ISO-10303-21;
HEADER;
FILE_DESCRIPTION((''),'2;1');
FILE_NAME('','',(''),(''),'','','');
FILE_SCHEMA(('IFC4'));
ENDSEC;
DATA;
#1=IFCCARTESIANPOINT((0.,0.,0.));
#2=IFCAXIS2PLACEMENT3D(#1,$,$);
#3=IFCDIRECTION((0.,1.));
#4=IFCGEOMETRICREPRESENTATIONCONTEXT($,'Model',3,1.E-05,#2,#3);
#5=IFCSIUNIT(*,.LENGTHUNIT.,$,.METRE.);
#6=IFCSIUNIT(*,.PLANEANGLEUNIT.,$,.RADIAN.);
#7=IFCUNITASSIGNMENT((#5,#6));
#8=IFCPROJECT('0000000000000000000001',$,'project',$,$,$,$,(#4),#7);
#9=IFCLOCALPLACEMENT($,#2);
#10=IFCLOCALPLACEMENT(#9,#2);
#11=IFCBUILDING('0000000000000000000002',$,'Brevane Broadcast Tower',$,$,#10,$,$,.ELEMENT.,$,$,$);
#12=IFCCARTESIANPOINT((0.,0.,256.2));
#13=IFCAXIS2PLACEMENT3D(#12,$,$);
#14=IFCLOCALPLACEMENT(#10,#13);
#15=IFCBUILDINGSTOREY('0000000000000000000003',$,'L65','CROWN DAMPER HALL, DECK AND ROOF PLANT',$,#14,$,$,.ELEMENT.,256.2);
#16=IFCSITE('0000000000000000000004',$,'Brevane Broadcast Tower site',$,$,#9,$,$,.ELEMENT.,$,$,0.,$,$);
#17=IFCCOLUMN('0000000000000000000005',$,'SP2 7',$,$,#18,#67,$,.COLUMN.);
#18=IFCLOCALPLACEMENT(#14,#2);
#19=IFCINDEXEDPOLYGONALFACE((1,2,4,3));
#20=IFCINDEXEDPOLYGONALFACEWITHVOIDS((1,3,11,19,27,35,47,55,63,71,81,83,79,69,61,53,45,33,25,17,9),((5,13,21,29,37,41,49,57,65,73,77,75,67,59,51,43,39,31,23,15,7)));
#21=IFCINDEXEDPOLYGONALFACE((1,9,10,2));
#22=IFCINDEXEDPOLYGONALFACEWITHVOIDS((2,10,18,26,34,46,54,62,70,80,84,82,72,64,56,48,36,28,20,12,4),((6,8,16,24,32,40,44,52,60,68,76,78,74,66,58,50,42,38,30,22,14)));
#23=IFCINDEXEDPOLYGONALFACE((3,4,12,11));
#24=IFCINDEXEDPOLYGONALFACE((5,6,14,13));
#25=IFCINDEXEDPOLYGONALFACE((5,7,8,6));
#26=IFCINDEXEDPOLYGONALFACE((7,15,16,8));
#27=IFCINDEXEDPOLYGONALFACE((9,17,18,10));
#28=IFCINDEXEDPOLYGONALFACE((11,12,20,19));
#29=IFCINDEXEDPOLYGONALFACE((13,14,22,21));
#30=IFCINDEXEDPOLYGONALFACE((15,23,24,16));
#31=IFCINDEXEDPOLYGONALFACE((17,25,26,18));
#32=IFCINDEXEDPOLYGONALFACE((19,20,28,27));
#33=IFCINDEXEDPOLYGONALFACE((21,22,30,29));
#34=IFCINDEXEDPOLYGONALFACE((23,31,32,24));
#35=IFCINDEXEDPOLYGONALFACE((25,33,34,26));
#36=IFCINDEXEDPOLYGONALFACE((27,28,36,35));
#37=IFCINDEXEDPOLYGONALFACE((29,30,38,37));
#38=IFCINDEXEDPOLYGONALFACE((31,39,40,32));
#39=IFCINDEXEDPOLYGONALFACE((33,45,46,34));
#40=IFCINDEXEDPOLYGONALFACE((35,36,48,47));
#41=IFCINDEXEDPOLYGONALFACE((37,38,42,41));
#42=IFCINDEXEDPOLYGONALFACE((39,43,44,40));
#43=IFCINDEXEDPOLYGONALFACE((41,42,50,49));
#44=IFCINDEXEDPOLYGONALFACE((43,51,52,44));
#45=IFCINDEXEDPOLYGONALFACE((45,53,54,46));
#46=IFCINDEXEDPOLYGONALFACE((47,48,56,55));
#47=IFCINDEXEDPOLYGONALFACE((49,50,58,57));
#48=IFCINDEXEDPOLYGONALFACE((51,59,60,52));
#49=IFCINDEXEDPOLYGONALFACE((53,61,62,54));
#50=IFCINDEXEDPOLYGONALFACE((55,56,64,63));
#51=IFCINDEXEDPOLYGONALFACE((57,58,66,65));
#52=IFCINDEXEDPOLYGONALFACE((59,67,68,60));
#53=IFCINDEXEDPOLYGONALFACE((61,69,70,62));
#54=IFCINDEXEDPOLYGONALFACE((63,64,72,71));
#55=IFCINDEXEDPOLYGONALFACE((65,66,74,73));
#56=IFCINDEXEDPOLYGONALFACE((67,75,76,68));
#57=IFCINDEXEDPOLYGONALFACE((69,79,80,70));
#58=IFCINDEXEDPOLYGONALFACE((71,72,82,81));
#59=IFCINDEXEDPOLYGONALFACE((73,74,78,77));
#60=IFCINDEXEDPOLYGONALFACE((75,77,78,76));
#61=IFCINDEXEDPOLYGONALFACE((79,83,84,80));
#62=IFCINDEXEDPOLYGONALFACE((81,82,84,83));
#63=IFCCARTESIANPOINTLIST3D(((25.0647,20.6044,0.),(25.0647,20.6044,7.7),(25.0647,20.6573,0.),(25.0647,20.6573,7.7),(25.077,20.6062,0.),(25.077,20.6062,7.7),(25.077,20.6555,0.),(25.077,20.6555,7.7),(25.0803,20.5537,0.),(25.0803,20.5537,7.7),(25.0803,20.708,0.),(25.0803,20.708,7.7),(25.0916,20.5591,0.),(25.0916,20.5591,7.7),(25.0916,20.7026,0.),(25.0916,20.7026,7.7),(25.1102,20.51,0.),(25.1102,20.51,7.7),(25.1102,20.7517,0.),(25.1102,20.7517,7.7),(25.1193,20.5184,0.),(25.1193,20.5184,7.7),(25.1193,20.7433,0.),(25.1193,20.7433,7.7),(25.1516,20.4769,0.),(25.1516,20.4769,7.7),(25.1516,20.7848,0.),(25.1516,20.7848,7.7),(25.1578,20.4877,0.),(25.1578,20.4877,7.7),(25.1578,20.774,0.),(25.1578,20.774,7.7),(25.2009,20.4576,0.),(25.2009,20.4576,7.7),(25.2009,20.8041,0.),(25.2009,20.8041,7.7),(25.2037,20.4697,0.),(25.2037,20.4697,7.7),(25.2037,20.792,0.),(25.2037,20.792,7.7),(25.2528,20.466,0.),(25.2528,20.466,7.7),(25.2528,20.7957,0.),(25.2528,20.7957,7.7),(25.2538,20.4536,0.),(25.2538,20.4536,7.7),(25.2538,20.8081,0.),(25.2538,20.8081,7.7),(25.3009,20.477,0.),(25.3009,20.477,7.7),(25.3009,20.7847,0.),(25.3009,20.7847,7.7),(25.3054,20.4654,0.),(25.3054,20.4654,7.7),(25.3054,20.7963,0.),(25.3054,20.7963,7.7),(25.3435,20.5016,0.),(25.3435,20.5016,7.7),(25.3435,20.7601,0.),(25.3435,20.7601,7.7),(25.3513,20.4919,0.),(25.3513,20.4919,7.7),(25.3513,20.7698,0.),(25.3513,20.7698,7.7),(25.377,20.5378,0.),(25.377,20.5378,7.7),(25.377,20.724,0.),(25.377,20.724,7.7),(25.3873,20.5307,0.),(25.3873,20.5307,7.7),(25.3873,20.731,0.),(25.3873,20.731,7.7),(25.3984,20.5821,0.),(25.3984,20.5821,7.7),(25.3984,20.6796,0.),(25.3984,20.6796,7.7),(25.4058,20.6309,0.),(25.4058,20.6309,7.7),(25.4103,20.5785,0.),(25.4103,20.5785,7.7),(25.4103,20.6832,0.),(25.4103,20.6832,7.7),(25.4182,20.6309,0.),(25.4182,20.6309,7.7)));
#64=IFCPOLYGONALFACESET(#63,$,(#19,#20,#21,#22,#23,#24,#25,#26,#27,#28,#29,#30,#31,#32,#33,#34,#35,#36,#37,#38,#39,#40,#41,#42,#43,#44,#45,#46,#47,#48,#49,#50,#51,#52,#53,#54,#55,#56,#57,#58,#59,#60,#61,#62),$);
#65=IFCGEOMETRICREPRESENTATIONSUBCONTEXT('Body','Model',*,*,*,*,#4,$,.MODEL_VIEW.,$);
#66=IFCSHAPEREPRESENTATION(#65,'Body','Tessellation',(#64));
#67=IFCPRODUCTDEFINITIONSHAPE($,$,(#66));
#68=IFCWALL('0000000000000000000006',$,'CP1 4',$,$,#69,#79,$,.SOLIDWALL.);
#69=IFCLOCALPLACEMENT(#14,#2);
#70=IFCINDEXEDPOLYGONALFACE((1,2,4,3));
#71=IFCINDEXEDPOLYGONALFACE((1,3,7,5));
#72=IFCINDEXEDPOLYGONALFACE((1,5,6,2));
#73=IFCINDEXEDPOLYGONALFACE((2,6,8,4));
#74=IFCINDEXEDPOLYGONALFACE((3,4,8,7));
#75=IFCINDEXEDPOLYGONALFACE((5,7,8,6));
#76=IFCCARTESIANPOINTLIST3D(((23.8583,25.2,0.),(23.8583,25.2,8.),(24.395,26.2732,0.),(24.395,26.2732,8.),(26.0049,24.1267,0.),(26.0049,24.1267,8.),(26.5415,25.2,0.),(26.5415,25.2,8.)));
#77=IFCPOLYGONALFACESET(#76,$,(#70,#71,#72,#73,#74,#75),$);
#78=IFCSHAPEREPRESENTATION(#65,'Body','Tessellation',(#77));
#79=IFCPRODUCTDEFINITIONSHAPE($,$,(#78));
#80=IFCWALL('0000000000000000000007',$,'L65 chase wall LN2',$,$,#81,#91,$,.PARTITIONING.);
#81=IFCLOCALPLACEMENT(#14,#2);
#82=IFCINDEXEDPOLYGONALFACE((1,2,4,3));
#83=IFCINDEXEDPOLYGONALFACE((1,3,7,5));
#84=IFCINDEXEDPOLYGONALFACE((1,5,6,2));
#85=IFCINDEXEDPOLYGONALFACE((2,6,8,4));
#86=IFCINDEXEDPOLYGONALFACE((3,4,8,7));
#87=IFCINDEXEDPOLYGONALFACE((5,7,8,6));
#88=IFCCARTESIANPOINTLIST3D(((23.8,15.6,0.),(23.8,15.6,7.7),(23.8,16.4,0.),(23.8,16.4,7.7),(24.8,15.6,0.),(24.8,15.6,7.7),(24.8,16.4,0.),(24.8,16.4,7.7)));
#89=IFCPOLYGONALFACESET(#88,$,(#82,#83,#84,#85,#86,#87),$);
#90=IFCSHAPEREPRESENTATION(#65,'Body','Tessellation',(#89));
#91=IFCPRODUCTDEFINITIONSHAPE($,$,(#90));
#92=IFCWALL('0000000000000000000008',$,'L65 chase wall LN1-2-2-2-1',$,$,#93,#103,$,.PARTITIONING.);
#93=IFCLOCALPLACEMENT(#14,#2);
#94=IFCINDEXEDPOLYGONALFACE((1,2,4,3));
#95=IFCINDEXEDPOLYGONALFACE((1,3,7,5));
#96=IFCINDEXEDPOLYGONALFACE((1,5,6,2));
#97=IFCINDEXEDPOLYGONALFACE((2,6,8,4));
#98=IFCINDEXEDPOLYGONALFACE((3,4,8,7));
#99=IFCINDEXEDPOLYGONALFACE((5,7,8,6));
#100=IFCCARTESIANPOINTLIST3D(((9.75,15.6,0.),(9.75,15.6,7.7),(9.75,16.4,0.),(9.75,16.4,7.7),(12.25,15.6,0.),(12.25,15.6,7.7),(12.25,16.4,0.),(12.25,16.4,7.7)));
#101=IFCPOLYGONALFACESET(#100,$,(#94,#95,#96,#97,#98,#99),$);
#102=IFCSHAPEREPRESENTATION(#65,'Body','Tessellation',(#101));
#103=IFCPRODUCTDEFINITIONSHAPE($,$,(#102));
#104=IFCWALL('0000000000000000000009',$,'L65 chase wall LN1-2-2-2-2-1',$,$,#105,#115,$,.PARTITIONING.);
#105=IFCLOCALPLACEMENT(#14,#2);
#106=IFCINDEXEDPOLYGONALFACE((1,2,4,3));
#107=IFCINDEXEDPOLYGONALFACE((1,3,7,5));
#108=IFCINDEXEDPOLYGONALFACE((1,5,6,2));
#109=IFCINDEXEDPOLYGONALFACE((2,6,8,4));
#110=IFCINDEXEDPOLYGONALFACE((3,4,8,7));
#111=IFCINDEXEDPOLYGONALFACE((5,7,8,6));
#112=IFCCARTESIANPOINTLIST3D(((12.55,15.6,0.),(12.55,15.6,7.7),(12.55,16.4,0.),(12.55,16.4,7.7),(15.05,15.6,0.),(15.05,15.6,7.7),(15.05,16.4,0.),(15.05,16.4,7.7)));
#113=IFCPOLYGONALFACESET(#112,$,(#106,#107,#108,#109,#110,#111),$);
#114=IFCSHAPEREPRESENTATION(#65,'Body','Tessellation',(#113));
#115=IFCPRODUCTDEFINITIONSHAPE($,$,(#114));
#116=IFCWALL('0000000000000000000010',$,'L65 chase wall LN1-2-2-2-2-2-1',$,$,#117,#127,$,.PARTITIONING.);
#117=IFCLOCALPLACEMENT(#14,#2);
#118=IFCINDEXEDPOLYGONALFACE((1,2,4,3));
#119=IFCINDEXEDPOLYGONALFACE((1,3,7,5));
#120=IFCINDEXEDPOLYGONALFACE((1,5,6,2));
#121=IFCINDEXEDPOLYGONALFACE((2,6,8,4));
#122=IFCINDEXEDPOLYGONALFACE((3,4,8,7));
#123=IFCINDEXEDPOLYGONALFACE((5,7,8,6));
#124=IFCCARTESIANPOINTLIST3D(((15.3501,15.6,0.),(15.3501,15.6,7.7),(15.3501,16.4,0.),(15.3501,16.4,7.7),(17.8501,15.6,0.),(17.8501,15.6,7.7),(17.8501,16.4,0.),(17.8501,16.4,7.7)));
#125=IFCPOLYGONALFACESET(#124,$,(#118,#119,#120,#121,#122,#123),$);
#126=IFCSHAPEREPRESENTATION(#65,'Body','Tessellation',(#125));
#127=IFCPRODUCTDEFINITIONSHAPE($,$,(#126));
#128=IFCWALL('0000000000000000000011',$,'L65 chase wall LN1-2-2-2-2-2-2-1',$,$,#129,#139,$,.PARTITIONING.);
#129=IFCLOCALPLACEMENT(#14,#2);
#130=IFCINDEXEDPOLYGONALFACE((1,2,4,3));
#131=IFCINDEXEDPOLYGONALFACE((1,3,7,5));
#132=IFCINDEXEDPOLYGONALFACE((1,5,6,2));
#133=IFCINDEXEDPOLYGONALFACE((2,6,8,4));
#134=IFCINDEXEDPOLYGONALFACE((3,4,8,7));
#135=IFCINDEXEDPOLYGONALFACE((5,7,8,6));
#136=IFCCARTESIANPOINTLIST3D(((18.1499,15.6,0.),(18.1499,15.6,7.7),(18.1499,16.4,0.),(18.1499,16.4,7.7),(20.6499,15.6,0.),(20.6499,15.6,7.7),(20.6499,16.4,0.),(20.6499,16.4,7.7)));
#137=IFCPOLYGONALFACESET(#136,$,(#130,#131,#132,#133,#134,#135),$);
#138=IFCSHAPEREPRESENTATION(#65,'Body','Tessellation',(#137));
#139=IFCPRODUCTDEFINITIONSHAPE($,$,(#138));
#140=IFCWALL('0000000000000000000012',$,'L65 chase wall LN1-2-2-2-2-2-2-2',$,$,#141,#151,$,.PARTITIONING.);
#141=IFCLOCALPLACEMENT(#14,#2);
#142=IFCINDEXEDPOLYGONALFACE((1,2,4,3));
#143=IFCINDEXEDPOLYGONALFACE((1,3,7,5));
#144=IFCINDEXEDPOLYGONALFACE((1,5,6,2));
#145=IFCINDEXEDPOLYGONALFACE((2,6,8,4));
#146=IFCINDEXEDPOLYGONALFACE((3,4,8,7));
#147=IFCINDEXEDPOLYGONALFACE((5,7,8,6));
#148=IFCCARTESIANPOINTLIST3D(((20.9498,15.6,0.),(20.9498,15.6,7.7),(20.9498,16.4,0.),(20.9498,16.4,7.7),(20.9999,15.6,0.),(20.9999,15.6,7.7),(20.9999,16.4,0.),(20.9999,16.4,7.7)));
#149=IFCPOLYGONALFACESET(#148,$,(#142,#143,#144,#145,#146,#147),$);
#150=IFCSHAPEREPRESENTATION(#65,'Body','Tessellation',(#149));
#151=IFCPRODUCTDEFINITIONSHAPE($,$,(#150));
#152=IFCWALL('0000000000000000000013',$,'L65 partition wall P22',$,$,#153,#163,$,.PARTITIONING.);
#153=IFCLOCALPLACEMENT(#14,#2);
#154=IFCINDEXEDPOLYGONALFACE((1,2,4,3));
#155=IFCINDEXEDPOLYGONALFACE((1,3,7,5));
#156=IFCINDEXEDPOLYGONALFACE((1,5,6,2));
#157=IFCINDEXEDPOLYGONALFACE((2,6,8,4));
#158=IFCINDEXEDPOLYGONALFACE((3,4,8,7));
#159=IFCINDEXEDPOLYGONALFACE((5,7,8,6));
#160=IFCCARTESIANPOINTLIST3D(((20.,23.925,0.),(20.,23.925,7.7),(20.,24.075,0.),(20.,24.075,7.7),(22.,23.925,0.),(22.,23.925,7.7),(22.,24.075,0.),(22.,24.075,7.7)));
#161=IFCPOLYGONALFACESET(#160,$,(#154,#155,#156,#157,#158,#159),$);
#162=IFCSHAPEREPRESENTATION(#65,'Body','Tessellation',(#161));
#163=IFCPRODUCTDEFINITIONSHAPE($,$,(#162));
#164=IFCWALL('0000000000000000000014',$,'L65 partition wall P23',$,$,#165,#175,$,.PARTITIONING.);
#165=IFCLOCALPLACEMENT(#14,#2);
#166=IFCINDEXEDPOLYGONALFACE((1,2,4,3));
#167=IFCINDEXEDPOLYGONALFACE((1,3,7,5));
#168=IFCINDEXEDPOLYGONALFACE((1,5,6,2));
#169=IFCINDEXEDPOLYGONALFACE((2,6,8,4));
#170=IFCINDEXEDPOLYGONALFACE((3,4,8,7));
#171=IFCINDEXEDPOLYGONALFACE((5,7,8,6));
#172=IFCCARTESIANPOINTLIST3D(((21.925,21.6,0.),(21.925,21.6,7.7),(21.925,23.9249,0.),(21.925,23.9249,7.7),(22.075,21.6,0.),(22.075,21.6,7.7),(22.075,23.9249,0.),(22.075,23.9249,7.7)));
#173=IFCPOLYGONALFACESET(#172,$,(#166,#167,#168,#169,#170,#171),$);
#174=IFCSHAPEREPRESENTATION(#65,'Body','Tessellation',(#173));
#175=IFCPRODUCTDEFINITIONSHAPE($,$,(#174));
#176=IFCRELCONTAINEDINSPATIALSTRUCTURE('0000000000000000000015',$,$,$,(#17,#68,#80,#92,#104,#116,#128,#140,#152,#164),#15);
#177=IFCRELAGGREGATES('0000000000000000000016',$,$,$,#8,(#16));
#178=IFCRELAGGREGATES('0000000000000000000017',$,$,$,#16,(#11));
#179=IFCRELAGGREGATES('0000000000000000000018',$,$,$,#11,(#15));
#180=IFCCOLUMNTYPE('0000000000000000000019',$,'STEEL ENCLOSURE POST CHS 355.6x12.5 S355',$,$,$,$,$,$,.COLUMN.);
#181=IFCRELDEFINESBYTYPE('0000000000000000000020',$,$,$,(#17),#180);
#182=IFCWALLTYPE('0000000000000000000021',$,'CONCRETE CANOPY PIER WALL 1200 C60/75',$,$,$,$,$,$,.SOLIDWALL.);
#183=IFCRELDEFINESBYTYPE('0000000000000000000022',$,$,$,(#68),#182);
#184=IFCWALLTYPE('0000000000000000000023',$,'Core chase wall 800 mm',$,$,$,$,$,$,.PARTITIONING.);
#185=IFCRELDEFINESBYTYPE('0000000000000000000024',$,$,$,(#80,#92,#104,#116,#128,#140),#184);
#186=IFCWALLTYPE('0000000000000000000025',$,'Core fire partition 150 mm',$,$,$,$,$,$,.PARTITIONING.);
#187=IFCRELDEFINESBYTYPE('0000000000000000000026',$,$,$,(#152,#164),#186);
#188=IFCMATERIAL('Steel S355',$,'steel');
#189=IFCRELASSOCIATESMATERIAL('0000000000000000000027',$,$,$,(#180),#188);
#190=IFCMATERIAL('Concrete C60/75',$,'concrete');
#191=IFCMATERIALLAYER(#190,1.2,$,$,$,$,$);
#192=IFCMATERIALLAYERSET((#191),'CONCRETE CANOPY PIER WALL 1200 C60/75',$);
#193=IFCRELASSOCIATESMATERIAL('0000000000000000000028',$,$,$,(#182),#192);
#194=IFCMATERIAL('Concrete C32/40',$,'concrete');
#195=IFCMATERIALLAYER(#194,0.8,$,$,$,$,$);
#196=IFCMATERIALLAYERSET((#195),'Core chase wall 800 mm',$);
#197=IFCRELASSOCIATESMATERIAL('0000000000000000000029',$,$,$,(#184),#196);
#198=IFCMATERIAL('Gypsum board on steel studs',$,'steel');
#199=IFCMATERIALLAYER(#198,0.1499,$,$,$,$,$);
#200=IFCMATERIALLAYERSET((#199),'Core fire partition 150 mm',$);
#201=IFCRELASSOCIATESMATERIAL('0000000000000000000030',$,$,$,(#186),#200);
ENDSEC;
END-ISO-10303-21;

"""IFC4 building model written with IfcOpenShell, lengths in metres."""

from ifc_helpers import new_model, si_unit, direction, frame, frame_2d, origin, origin_2d, place, context, subcontext, project, spatial, rectangle, hollow_circle, extrude, material, layer, layer_set, material_profile, profile_set, type_object, element, save


model = new_model("IFC4")

# Units and contexts
model_context = context("Model", 3, precision=1e-05, world=origin(), true_north=direction((0.0, 1.0)))
body_context = subcontext(model_context, "Body", "Model", "MODEL_VIEW")
ifc_project = project(units=[si_unit("LENGTHUNIT", "METRE"), si_unit("PLANEANGLEUNIT", "RADIAN")], contexts=[model_context])

# Site, building, storey
site_placement = place(None, origin())
site = spatial("IfcSite", under=ifc_project, at=site_placement, Name="Brevane Broadcast Tower site", CompositionType="ELEMENT", RefElevation=0.0)
building_placement = place(site_placement, origin())
building = spatial("IfcBuilding", under=site, at=building_placement, Name="Brevane Broadcast Tower", CompositionType="ELEMENT")
storey_placement = place(building_placement, frame((0.0, 0.0, 256.2)))
storey = spatial("IfcBuildingStorey", under=building, at=storey_placement, Name="L65", Description="CROWN DAMPER HALL, DECK AND ROOF PLANT", CompositionType="ELEMENT", Elevation=256.2)

# Column
ifc_material_1 = material(Name="Steel S355", Category="steel")
ifc_material_profile = material_profile(ifc_material_1, hollow_circle(Radius=0.1777, WallThickness=0.0125, at=origin_2d()), Name="CHS 355.6x12.5")
ifc_profile_set = profile_set([ifc_material_profile], Name="Steel S355")
column_type = type_object("IfcColumnType", Name="STEEL ENCLOSURE POST CHS 355.6x12.5 S355", PredefinedType="COLUMN", material=ifc_profile_set)
column_placement = place(storey_placement, frame((25.2405, 20.6309, 0.0), z_axis=(0.0, 0.0, 1.0), x_axis=(1.0, 0.0, 0.0)))
element("IfcColumn", 1, at=column_placement, inside=storey, type_object=column_type, Name="SP2 7", PredefinedType="COLUMN", context=body_context, shape_type="SweptSolid", body=[
    extrude(hollow_circle(Radius=0.1777, WallThickness=0.0125, at=origin_2d()), origin(), (0.0, 0.0, 1.0), 7.7),
])

# Walls
ifc_material_2 = material(Name="Concrete C60/75", Category="concrete")
ifc_layer_1 = layer(ifc_material_2, 1.2)
ifc_layer_set_1 = layer_set([ifc_layer_1], Name="CONCRETE CANOPY PIER WALL 1200 C60/75")
wall_type_1 = type_object("IfcWallType", Name="CONCRETE CANOPY PIER WALL 1200 C60/75", PredefinedType="SOLIDWALL", material=ifc_layer_set_1)
wall_1_placement = place(storey_placement, frame((26.2732, 24.6633, 0.0), z_axis=(0.0, 0.0, 1.0), x_axis=(-0.894427, 0.447214, 0.0)))
element("IfcWall", 2, at=wall_1_placement, inside=storey, type_object=wall_type_1, Name="CP1 4", PredefinedType="SOLIDWALL", context=body_context, shape_type="SweptSolid", body=[
    extrude(rectangle(XDim=2.3999, YDim=1.2, at=frame_2d((1.2, 0.0))), origin(), (0.0, 0.0, 1.0), 8.0),
])
ifc_material_3 = material(Name="Concrete C32/40", Category="concrete")
ifc_layer_2 = layer(ifc_material_3, 0.8)
ifc_layer_set_2 = layer_set([ifc_layer_2], Name="Core chase wall 800 mm")
wall_type_2 = type_object("IfcWallType", Name="Core chase wall 800 mm", PredefinedType="PARTITIONING", material=ifc_layer_set_2)
wall_2_placement = place(storey_placement, frame((23.8, 16.0, 0.0), z_axis=(0.0, 0.0, 1.0), x_axis=(1.0, 0.0, 0.0)))
element("IfcWall", 3, at=wall_2_placement, inside=storey, type_object=wall_type_2, Name="L65 chase wall LN2", PredefinedType="PARTITIONING", context=body_context, shape_type="SweptSolid", body=[
    extrude(rectangle(XDim=1.0, YDim=0.8, at=frame_2d((0.5, 0.0))), origin(), (0.0, 0.0, 1.0), 7.7),
])
for number, where, z_axis, x_axis, name in (
    (4, (9.75, 16.0, 0.0), (0.0, 0.0, 1.0), (1.0, 0.0, 0.0), "L65 chase wall LN1-2-2-2-1"),
    (5, (12.55, 16.0, 0.0), (0.0, 0.0, 1.0), (1.0, 0.0, 0.0), "L65 chase wall LN1-2-2-2-2-1"),
    (6, (15.3501, 16.0, 0.0), (0.0, 0.0, 1.0), (1.0, 0.0, 0.0), "L65 chase wall LN1-2-2-2-2-2-1"),
    (7, (18.1499, 16.0, 0.0), (0.0, 0.0, 1.0), (1.0, 0.0, 0.0), "L65 chase wall LN1-2-2-2-2-2-2-1"),
):
    element("IfcWall", number, at=place(storey_placement, frame(where, z_axis=z_axis, x_axis=x_axis)), inside=storey, type_object=wall_type_2, Name=name, PredefinedType="PARTITIONING", context=body_context, shape_type="SweptSolid", body=[
        extrude(rectangle(XDim=2.5, YDim=0.8, at=frame_2d((1.25, 0.0))), origin(), (0.0, 0.0, 1.0), 7.7),
    ])
wall_3_placement = place(storey_placement, frame((20.95, 16.0, 0.0), z_axis=(0.0, 0.0, 1.0), x_axis=(1.0, 0.0, 0.0)))
element("IfcWall", 8, at=wall_3_placement, inside=storey, type_object=wall_type_2, Name="L65 chase wall LN1-2-2-2-2-2-2-2", PredefinedType="PARTITIONING", context=body_context, shape_type="SweptSolid", body=[
    extrude(rectangle(XDim=0.05, YDim=0.8, at=frame_2d((0.0249, 0.0))), origin(), (0.0, 0.0, 1.0), 7.7),
])
ifc_material_4 = material(Name="Gypsum board on steel studs", Category="steel")
ifc_layer_3 = layer(ifc_material_4, 0.1499)
ifc_layer_set_3 = layer_set([ifc_layer_3], Name="Core fire partition 150 mm")
wall_type_3 = type_object("IfcWallType", Name="Core fire partition 150 mm", PredefinedType="PARTITIONING", material=ifc_layer_set_3)
wall_4_placement = place(storey_placement, frame((20.0, 24.0, 0.0), z_axis=(0.0, 0.0, 1.0), x_axis=(1.0, 0.0, 0.0)))
element("IfcWall", 9, at=wall_4_placement, inside=storey, type_object=wall_type_3, Name="L65 partition wall P22", PredefinedType="PARTITIONING", context=body_context, shape_type="SweptSolid", body=[
    extrude(rectangle(XDim=2.0, YDim=0.1499, at=frame_2d((1.0, 0.0))), origin(), (0.0, 0.0, 1.0), 7.7),
])
wall_5_placement = place(storey_placement, frame((22.0, 23.925, 0.0), z_axis=(0.0, 0.0, 1.0), x_axis=(0.0, -1.0, 0.0)))
element("IfcWall", 10, at=wall_5_placement, inside=storey, type_object=wall_type_3, Name="L65 partition wall P23", PredefinedType="PARTITIONING", context=body_context, shape_type="SweptSolid", body=[
    extrude(rectangle(XDim=2.325, YDim=0.1499, at=frame_2d((1.1626, 0.0))), origin(), (0.0, 0.0, 1.0), 7.7),
])

save(model, "model.ifc")
